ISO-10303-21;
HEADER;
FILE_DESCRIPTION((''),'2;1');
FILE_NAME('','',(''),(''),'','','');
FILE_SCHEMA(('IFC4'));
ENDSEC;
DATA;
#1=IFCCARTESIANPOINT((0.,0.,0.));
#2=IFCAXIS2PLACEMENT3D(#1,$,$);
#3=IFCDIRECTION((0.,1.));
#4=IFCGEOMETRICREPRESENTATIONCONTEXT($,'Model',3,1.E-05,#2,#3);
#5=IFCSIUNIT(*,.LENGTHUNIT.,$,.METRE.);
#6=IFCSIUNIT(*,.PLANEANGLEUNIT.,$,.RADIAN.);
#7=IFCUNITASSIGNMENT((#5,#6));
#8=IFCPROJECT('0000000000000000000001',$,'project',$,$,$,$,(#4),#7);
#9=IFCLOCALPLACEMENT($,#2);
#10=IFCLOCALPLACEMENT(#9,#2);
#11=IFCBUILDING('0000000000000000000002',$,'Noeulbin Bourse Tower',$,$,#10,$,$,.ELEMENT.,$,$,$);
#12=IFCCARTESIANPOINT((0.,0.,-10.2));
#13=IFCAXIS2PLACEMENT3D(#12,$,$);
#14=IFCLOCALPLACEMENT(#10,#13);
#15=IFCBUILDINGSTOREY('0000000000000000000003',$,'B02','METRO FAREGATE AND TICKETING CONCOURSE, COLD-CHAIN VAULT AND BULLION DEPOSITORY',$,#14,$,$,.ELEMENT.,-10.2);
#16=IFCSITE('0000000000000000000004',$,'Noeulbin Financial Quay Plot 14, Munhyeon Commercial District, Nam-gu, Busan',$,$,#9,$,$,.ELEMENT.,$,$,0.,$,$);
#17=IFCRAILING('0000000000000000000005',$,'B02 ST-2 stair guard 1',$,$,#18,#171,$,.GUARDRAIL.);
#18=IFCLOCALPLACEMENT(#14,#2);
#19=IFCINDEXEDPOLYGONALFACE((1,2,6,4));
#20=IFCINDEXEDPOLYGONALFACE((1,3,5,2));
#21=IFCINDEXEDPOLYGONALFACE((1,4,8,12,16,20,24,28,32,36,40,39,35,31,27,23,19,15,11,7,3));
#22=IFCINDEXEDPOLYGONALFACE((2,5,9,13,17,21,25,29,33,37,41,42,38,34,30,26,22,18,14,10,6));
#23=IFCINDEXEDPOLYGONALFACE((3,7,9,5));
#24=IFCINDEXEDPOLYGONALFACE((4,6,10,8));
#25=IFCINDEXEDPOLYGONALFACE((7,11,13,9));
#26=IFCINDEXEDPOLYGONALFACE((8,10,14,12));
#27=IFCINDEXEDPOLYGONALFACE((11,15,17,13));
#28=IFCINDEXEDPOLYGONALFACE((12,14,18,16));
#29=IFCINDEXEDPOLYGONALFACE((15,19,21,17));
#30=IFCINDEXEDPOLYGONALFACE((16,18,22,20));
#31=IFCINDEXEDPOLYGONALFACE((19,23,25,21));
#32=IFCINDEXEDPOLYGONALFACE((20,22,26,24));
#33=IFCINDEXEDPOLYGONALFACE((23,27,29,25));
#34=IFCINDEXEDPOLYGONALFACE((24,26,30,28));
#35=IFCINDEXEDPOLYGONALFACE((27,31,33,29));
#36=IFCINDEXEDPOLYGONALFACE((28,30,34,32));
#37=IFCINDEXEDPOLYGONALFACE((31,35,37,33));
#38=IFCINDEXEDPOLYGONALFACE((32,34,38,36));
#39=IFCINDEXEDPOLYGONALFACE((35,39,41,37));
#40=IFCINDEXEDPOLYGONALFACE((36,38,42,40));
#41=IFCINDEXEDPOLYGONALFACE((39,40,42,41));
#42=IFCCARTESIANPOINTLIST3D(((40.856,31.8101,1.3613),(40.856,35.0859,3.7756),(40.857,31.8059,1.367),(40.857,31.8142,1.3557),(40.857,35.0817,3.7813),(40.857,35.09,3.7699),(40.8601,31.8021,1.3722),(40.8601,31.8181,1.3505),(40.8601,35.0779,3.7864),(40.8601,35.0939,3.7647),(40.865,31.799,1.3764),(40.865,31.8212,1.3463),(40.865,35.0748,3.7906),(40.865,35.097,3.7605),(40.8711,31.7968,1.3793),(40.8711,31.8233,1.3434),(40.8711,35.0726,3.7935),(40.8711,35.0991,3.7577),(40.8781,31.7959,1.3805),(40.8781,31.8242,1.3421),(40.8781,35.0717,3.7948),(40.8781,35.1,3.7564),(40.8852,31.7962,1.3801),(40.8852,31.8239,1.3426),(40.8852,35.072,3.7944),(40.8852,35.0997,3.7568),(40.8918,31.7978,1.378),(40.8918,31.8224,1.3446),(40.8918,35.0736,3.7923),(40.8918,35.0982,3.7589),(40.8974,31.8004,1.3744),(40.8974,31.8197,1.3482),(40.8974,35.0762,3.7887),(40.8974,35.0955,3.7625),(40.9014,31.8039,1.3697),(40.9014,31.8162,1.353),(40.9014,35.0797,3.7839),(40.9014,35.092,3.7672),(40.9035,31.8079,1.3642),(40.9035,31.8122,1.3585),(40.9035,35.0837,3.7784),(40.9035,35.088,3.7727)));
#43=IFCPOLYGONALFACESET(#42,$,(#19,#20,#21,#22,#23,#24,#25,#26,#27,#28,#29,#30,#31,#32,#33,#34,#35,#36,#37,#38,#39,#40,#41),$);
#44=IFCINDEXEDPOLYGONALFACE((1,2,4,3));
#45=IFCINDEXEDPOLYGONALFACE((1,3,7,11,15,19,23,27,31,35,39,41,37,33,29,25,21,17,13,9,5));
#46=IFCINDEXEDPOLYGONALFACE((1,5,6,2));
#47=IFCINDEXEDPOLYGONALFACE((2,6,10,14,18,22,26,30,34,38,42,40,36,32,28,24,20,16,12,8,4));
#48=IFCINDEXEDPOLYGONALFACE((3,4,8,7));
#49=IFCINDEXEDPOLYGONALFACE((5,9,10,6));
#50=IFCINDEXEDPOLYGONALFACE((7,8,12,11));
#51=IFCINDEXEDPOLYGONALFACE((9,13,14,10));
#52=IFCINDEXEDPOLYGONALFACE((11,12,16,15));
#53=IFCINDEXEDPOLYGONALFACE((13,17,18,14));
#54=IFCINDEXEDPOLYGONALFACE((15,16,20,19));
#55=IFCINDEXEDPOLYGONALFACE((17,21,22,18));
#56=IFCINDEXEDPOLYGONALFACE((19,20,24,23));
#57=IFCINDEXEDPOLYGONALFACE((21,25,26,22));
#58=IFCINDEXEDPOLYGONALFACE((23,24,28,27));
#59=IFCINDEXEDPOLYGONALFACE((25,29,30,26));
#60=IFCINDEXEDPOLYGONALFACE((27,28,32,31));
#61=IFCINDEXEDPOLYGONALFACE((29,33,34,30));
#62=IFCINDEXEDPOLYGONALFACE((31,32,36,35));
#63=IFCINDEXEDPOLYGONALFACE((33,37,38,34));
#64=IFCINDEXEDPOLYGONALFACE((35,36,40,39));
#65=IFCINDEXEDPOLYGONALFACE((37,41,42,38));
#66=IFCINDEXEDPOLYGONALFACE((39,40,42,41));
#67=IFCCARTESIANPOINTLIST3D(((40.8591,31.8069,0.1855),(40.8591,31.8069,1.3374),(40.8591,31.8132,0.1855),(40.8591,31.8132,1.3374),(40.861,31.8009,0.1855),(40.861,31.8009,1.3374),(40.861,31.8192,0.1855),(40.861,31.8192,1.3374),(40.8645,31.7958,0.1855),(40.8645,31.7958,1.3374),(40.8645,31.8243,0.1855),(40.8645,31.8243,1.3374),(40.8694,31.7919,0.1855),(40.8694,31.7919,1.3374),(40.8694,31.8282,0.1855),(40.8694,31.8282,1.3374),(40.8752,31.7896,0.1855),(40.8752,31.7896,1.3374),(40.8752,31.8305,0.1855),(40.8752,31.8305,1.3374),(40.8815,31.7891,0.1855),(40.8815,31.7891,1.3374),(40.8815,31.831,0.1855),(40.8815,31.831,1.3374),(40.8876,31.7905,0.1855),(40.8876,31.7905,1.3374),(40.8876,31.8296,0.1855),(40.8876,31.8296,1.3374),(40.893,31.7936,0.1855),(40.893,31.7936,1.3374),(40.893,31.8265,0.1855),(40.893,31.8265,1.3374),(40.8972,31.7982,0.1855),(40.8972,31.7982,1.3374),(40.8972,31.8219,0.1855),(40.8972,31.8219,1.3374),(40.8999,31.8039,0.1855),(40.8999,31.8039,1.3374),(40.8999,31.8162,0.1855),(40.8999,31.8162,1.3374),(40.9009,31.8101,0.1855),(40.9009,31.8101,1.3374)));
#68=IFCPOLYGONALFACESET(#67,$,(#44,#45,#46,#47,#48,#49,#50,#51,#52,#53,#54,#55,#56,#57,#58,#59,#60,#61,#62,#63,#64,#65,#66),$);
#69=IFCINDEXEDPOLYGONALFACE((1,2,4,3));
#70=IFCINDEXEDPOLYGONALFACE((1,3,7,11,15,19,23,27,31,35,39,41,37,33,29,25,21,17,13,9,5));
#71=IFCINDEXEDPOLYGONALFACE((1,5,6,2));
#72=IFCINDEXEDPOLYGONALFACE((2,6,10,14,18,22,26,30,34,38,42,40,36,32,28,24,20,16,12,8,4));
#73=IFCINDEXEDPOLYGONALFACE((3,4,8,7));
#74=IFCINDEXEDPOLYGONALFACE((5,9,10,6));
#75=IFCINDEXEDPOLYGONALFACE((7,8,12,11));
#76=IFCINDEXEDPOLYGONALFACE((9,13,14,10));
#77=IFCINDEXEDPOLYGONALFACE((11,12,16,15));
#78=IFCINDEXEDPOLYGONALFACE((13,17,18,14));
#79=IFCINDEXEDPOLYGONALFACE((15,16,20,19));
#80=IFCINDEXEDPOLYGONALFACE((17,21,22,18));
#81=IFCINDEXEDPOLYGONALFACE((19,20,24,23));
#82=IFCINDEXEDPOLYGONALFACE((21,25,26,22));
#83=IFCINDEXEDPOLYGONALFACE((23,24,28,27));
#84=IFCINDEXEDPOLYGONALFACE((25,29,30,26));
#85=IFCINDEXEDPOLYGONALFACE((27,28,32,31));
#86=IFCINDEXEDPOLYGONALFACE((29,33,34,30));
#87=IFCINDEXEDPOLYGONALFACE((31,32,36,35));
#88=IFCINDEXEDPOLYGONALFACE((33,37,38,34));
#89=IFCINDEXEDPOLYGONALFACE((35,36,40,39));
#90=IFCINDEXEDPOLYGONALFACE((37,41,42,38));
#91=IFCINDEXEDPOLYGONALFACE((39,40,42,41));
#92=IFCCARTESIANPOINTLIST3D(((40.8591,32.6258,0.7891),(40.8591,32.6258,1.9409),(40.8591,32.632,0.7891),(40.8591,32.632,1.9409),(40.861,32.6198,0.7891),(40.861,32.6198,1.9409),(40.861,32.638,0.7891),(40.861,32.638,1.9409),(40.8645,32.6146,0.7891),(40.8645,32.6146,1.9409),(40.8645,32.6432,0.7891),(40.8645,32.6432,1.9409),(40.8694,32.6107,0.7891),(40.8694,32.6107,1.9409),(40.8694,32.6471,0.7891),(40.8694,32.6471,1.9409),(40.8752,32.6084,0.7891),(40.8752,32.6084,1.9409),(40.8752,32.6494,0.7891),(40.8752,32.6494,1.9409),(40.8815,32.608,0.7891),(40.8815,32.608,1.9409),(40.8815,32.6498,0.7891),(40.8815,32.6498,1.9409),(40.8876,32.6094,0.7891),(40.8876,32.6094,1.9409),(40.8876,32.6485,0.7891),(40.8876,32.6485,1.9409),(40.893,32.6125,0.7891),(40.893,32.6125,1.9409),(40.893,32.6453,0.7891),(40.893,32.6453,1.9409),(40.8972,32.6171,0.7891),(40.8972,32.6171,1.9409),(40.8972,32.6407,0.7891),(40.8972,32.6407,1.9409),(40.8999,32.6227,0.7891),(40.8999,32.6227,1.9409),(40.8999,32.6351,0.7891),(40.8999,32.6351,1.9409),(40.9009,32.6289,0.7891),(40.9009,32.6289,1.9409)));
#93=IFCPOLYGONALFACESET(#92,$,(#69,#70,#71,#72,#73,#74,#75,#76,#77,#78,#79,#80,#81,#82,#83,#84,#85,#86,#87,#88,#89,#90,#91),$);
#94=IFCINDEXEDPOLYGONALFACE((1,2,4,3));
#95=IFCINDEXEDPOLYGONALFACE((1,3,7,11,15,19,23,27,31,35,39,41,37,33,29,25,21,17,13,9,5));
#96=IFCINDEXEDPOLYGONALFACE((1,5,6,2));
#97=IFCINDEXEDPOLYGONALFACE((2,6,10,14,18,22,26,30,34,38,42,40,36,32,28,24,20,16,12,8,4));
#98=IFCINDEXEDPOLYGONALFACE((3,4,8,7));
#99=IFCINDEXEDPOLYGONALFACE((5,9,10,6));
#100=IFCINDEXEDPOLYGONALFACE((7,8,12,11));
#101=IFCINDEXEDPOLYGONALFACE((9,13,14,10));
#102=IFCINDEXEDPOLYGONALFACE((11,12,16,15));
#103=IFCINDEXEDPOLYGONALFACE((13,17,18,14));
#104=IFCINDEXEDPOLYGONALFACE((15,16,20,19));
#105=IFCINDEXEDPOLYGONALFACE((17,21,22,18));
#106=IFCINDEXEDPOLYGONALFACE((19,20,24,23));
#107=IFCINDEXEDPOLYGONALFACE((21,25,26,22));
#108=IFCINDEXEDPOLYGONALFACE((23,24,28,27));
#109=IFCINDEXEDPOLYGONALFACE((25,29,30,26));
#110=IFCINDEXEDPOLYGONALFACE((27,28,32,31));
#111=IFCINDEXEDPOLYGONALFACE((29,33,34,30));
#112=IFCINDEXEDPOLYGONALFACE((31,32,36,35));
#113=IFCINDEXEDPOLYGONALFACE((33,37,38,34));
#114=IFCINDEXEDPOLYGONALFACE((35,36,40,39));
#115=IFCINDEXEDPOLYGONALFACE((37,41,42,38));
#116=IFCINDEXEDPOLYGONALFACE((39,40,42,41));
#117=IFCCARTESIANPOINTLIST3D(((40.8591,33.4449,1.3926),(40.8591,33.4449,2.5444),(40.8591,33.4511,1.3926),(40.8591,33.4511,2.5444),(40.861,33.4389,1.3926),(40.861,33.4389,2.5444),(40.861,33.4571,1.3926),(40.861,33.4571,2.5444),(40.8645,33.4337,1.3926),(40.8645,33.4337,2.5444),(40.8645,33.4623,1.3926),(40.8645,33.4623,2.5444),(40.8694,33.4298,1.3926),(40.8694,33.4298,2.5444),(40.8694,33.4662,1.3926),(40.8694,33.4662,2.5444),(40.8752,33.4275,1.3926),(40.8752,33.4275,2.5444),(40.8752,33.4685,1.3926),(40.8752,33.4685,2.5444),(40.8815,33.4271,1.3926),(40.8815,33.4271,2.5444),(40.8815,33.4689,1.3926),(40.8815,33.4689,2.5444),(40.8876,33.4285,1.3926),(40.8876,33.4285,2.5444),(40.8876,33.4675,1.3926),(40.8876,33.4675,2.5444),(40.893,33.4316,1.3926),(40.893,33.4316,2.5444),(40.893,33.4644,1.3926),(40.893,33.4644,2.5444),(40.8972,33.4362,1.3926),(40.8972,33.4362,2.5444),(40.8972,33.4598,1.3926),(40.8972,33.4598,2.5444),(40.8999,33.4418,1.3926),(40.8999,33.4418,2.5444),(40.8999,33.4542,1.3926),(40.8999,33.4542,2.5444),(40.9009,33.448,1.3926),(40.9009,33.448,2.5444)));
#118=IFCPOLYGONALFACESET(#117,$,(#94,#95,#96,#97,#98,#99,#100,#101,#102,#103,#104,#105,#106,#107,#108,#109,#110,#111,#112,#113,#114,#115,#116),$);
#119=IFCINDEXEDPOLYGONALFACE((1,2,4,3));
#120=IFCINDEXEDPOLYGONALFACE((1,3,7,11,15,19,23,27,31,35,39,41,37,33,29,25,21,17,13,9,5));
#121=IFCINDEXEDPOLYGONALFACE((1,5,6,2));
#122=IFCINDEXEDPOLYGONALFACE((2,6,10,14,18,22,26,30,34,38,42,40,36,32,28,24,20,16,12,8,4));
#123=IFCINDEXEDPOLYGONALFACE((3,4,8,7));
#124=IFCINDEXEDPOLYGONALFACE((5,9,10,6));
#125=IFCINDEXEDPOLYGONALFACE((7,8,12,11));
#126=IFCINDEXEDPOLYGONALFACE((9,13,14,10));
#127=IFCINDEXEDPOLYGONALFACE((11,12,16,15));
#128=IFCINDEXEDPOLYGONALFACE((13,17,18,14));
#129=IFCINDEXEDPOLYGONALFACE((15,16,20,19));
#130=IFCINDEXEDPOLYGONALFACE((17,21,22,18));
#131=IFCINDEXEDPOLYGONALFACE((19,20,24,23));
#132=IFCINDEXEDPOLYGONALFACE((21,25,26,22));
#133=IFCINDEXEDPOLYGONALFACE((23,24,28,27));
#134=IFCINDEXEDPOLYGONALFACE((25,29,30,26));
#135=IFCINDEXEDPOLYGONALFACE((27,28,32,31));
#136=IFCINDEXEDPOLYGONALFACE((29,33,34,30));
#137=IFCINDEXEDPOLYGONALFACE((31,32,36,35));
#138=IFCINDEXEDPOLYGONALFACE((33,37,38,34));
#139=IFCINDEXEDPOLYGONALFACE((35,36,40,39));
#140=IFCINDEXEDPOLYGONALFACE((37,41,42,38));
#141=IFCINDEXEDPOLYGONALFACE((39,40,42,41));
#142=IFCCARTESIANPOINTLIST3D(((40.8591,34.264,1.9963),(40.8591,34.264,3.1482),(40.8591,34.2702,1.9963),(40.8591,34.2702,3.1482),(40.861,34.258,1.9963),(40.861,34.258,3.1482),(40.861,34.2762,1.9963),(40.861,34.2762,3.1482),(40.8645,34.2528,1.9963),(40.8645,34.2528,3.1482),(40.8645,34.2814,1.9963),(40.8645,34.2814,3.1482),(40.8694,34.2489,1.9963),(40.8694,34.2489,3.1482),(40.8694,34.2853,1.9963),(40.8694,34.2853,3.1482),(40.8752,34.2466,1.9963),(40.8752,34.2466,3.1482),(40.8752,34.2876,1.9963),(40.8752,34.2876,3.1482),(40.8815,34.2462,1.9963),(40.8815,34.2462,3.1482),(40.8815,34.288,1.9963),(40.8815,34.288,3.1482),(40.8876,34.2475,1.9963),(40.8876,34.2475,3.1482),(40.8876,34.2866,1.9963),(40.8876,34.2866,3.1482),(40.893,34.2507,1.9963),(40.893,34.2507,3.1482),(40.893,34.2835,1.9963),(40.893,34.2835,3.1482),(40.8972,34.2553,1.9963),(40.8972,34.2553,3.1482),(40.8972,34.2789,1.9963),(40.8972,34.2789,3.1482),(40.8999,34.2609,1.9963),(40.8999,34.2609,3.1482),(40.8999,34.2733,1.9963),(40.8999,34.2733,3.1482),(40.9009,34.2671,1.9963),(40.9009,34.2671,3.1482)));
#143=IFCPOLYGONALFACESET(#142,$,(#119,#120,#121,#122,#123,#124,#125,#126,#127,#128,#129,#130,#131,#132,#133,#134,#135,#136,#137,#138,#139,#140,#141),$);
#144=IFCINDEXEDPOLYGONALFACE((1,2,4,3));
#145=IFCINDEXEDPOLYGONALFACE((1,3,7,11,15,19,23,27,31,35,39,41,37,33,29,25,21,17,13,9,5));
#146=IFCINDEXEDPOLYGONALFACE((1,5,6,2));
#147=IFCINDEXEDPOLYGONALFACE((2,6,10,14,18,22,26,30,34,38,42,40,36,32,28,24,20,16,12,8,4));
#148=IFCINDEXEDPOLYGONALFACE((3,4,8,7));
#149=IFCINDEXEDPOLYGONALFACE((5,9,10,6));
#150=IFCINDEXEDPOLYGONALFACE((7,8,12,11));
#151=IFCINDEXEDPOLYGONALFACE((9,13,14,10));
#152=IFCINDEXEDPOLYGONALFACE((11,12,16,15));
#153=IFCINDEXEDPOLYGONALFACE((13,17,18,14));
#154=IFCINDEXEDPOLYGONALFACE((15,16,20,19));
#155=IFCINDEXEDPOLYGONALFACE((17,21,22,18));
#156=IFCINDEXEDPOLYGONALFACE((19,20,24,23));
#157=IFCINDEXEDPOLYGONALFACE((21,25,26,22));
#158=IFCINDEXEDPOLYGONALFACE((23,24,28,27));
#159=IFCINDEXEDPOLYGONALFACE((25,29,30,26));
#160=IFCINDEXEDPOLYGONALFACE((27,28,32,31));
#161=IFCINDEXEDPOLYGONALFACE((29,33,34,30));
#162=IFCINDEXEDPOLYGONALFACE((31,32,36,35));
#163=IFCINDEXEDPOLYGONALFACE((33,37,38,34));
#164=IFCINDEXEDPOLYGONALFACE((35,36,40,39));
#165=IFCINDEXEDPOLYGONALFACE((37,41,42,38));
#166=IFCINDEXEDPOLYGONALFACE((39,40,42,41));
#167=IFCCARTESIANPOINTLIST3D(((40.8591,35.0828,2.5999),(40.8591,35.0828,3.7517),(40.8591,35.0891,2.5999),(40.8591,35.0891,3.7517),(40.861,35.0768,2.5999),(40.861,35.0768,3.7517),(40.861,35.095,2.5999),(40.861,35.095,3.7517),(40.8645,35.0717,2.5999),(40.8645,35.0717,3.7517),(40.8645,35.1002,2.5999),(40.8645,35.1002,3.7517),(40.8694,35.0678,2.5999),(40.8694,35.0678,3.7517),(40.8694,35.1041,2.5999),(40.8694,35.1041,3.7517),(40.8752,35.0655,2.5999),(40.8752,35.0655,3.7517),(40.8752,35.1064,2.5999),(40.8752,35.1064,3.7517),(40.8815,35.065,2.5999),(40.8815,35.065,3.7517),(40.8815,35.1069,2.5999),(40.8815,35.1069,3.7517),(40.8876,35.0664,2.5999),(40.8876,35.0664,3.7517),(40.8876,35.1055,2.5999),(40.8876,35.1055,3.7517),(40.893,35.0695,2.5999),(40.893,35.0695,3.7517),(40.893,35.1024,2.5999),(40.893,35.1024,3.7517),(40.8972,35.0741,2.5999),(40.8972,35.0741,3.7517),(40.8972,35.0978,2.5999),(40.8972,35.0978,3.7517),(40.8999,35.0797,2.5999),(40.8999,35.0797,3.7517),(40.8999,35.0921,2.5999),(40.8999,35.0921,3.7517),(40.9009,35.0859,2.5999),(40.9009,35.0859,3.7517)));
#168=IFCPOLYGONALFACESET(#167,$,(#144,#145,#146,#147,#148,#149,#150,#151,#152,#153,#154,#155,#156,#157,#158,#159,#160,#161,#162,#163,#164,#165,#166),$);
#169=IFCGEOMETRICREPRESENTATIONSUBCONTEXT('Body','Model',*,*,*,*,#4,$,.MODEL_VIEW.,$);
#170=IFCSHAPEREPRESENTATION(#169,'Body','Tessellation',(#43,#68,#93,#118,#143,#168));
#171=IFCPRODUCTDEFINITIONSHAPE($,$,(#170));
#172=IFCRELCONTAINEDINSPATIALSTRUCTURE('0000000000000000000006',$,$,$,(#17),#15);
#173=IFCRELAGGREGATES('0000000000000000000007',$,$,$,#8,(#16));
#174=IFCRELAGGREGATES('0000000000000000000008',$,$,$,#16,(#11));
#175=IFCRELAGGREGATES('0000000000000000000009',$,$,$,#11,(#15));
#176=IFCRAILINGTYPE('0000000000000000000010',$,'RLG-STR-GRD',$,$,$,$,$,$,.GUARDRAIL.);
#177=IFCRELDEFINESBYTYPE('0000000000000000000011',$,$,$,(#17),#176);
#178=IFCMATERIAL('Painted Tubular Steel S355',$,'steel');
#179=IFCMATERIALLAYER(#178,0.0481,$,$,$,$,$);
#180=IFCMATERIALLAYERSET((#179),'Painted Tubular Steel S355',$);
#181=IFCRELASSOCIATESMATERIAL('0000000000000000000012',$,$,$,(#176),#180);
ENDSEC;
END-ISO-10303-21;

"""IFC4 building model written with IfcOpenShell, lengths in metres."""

from ifc_helpers import new_model, si_unit, direction, frame, origin, origin_2d, place, context, subcontext, project, spatial, circle, extrude, material, layer, layer_set, type_object, element, save


model = new_model("IFC4")

# Units and contexts
model_context = context("Model", 3, precision=1e-05, world=origin(), true_north=direction((0.0, 1.0)))
body_context = subcontext(model_context, "Body", "Model", "MODEL_VIEW")
ifc_project = project(units=[si_unit("LENGTHUNIT", "METRE"), si_unit("PLANEANGLEUNIT", "RADIAN")], contexts=[model_context])

# Site, building, storey
site_placement = place(None, origin())
site = spatial("IfcSite", under=ifc_project, at=site_placement, Name="Noeulbin Financial Quay Plot 14, Munhyeon Commercial District, Nam-gu, Busan", CompositionType="ELEMENT", RefElevation=0.0)
building_placement = place(site_placement, origin())
building = spatial("IfcBuilding", under=site, at=building_placement, Name="Noeulbin Bourse Tower", CompositionType="ELEMENT")
storey_placement = place(building_placement, frame((0.0, 0.0, -10.2)))
storey = spatial("IfcBuildingStorey", under=building, at=storey_placement, Name="B02", Description="METRO FAREGATE AND TICKETING CONCOURSE, COLD-CHAIN VAULT AND BULLION DEPOSITORY", CompositionType="ELEMENT", Elevation=-10.2)

# Railing
ifc_material_1 = material(Name="Painted Tubular Steel S355", Category="steel")
ifc_layer_1 = layer(ifc_material_1, 0.0481)
ifc_layer_set_1 = layer_set([ifc_layer_1], Name="Painted Tubular Steel S355")
railing_type_1 = type_object("IfcRailingType", Name="RLG-STR-GRD", PredefinedType="GUARDRAIL", material=ifc_layer_set_1)
railing_1_placement = place(storey_placement, frame((40.8799, 31.8101, 0.1855)))
element("IfcRailing", 1, at=railing_1_placement, inside=storey, type_object=railing_type_1, Name="B02 ST-2 stair guard 1", PredefinedType="GUARDRAIL", context=body_context, shape_type="SweptSolid", body=[
    extrude(circle(Radius=0.0239, at=origin_2d()), frame((0.0, 0.0, 1.1758), z_axis=(0.0, 0.804997, 0.593279), x_axis=(-1.0, 0.0, 0.0)), (0.0, 0.0, 1.0), 4.0693),
    extrude(circle(Radius=0.021, at=origin_2d()), origin(), (0.0, 0.0, 1.0), 1.1519),
    extrude(circle(Radius=0.021, at=origin_2d()), frame((0.0, 0.8188, 0.6035)), (0.0, 0.0, 1.0), 1.1519),
    extrude(circle(Radius=0.021, at=origin_2d()), frame((0.0, 1.6379, 1.207)), (0.0, 0.0, 1.0), 1.1519),
    extrude(circle(Radius=0.021, at=origin_2d()), frame((0.0, 2.457, 1.8108)), (0.0, 0.0, 1.0), 1.1519),
    extrude(circle(Radius=0.021, at=origin_2d()), frame((0.0, 3.2759, 2.4143)), (0.0, 0.0, 1.0), 1.1519),
])

save(model, "model.ifc")
